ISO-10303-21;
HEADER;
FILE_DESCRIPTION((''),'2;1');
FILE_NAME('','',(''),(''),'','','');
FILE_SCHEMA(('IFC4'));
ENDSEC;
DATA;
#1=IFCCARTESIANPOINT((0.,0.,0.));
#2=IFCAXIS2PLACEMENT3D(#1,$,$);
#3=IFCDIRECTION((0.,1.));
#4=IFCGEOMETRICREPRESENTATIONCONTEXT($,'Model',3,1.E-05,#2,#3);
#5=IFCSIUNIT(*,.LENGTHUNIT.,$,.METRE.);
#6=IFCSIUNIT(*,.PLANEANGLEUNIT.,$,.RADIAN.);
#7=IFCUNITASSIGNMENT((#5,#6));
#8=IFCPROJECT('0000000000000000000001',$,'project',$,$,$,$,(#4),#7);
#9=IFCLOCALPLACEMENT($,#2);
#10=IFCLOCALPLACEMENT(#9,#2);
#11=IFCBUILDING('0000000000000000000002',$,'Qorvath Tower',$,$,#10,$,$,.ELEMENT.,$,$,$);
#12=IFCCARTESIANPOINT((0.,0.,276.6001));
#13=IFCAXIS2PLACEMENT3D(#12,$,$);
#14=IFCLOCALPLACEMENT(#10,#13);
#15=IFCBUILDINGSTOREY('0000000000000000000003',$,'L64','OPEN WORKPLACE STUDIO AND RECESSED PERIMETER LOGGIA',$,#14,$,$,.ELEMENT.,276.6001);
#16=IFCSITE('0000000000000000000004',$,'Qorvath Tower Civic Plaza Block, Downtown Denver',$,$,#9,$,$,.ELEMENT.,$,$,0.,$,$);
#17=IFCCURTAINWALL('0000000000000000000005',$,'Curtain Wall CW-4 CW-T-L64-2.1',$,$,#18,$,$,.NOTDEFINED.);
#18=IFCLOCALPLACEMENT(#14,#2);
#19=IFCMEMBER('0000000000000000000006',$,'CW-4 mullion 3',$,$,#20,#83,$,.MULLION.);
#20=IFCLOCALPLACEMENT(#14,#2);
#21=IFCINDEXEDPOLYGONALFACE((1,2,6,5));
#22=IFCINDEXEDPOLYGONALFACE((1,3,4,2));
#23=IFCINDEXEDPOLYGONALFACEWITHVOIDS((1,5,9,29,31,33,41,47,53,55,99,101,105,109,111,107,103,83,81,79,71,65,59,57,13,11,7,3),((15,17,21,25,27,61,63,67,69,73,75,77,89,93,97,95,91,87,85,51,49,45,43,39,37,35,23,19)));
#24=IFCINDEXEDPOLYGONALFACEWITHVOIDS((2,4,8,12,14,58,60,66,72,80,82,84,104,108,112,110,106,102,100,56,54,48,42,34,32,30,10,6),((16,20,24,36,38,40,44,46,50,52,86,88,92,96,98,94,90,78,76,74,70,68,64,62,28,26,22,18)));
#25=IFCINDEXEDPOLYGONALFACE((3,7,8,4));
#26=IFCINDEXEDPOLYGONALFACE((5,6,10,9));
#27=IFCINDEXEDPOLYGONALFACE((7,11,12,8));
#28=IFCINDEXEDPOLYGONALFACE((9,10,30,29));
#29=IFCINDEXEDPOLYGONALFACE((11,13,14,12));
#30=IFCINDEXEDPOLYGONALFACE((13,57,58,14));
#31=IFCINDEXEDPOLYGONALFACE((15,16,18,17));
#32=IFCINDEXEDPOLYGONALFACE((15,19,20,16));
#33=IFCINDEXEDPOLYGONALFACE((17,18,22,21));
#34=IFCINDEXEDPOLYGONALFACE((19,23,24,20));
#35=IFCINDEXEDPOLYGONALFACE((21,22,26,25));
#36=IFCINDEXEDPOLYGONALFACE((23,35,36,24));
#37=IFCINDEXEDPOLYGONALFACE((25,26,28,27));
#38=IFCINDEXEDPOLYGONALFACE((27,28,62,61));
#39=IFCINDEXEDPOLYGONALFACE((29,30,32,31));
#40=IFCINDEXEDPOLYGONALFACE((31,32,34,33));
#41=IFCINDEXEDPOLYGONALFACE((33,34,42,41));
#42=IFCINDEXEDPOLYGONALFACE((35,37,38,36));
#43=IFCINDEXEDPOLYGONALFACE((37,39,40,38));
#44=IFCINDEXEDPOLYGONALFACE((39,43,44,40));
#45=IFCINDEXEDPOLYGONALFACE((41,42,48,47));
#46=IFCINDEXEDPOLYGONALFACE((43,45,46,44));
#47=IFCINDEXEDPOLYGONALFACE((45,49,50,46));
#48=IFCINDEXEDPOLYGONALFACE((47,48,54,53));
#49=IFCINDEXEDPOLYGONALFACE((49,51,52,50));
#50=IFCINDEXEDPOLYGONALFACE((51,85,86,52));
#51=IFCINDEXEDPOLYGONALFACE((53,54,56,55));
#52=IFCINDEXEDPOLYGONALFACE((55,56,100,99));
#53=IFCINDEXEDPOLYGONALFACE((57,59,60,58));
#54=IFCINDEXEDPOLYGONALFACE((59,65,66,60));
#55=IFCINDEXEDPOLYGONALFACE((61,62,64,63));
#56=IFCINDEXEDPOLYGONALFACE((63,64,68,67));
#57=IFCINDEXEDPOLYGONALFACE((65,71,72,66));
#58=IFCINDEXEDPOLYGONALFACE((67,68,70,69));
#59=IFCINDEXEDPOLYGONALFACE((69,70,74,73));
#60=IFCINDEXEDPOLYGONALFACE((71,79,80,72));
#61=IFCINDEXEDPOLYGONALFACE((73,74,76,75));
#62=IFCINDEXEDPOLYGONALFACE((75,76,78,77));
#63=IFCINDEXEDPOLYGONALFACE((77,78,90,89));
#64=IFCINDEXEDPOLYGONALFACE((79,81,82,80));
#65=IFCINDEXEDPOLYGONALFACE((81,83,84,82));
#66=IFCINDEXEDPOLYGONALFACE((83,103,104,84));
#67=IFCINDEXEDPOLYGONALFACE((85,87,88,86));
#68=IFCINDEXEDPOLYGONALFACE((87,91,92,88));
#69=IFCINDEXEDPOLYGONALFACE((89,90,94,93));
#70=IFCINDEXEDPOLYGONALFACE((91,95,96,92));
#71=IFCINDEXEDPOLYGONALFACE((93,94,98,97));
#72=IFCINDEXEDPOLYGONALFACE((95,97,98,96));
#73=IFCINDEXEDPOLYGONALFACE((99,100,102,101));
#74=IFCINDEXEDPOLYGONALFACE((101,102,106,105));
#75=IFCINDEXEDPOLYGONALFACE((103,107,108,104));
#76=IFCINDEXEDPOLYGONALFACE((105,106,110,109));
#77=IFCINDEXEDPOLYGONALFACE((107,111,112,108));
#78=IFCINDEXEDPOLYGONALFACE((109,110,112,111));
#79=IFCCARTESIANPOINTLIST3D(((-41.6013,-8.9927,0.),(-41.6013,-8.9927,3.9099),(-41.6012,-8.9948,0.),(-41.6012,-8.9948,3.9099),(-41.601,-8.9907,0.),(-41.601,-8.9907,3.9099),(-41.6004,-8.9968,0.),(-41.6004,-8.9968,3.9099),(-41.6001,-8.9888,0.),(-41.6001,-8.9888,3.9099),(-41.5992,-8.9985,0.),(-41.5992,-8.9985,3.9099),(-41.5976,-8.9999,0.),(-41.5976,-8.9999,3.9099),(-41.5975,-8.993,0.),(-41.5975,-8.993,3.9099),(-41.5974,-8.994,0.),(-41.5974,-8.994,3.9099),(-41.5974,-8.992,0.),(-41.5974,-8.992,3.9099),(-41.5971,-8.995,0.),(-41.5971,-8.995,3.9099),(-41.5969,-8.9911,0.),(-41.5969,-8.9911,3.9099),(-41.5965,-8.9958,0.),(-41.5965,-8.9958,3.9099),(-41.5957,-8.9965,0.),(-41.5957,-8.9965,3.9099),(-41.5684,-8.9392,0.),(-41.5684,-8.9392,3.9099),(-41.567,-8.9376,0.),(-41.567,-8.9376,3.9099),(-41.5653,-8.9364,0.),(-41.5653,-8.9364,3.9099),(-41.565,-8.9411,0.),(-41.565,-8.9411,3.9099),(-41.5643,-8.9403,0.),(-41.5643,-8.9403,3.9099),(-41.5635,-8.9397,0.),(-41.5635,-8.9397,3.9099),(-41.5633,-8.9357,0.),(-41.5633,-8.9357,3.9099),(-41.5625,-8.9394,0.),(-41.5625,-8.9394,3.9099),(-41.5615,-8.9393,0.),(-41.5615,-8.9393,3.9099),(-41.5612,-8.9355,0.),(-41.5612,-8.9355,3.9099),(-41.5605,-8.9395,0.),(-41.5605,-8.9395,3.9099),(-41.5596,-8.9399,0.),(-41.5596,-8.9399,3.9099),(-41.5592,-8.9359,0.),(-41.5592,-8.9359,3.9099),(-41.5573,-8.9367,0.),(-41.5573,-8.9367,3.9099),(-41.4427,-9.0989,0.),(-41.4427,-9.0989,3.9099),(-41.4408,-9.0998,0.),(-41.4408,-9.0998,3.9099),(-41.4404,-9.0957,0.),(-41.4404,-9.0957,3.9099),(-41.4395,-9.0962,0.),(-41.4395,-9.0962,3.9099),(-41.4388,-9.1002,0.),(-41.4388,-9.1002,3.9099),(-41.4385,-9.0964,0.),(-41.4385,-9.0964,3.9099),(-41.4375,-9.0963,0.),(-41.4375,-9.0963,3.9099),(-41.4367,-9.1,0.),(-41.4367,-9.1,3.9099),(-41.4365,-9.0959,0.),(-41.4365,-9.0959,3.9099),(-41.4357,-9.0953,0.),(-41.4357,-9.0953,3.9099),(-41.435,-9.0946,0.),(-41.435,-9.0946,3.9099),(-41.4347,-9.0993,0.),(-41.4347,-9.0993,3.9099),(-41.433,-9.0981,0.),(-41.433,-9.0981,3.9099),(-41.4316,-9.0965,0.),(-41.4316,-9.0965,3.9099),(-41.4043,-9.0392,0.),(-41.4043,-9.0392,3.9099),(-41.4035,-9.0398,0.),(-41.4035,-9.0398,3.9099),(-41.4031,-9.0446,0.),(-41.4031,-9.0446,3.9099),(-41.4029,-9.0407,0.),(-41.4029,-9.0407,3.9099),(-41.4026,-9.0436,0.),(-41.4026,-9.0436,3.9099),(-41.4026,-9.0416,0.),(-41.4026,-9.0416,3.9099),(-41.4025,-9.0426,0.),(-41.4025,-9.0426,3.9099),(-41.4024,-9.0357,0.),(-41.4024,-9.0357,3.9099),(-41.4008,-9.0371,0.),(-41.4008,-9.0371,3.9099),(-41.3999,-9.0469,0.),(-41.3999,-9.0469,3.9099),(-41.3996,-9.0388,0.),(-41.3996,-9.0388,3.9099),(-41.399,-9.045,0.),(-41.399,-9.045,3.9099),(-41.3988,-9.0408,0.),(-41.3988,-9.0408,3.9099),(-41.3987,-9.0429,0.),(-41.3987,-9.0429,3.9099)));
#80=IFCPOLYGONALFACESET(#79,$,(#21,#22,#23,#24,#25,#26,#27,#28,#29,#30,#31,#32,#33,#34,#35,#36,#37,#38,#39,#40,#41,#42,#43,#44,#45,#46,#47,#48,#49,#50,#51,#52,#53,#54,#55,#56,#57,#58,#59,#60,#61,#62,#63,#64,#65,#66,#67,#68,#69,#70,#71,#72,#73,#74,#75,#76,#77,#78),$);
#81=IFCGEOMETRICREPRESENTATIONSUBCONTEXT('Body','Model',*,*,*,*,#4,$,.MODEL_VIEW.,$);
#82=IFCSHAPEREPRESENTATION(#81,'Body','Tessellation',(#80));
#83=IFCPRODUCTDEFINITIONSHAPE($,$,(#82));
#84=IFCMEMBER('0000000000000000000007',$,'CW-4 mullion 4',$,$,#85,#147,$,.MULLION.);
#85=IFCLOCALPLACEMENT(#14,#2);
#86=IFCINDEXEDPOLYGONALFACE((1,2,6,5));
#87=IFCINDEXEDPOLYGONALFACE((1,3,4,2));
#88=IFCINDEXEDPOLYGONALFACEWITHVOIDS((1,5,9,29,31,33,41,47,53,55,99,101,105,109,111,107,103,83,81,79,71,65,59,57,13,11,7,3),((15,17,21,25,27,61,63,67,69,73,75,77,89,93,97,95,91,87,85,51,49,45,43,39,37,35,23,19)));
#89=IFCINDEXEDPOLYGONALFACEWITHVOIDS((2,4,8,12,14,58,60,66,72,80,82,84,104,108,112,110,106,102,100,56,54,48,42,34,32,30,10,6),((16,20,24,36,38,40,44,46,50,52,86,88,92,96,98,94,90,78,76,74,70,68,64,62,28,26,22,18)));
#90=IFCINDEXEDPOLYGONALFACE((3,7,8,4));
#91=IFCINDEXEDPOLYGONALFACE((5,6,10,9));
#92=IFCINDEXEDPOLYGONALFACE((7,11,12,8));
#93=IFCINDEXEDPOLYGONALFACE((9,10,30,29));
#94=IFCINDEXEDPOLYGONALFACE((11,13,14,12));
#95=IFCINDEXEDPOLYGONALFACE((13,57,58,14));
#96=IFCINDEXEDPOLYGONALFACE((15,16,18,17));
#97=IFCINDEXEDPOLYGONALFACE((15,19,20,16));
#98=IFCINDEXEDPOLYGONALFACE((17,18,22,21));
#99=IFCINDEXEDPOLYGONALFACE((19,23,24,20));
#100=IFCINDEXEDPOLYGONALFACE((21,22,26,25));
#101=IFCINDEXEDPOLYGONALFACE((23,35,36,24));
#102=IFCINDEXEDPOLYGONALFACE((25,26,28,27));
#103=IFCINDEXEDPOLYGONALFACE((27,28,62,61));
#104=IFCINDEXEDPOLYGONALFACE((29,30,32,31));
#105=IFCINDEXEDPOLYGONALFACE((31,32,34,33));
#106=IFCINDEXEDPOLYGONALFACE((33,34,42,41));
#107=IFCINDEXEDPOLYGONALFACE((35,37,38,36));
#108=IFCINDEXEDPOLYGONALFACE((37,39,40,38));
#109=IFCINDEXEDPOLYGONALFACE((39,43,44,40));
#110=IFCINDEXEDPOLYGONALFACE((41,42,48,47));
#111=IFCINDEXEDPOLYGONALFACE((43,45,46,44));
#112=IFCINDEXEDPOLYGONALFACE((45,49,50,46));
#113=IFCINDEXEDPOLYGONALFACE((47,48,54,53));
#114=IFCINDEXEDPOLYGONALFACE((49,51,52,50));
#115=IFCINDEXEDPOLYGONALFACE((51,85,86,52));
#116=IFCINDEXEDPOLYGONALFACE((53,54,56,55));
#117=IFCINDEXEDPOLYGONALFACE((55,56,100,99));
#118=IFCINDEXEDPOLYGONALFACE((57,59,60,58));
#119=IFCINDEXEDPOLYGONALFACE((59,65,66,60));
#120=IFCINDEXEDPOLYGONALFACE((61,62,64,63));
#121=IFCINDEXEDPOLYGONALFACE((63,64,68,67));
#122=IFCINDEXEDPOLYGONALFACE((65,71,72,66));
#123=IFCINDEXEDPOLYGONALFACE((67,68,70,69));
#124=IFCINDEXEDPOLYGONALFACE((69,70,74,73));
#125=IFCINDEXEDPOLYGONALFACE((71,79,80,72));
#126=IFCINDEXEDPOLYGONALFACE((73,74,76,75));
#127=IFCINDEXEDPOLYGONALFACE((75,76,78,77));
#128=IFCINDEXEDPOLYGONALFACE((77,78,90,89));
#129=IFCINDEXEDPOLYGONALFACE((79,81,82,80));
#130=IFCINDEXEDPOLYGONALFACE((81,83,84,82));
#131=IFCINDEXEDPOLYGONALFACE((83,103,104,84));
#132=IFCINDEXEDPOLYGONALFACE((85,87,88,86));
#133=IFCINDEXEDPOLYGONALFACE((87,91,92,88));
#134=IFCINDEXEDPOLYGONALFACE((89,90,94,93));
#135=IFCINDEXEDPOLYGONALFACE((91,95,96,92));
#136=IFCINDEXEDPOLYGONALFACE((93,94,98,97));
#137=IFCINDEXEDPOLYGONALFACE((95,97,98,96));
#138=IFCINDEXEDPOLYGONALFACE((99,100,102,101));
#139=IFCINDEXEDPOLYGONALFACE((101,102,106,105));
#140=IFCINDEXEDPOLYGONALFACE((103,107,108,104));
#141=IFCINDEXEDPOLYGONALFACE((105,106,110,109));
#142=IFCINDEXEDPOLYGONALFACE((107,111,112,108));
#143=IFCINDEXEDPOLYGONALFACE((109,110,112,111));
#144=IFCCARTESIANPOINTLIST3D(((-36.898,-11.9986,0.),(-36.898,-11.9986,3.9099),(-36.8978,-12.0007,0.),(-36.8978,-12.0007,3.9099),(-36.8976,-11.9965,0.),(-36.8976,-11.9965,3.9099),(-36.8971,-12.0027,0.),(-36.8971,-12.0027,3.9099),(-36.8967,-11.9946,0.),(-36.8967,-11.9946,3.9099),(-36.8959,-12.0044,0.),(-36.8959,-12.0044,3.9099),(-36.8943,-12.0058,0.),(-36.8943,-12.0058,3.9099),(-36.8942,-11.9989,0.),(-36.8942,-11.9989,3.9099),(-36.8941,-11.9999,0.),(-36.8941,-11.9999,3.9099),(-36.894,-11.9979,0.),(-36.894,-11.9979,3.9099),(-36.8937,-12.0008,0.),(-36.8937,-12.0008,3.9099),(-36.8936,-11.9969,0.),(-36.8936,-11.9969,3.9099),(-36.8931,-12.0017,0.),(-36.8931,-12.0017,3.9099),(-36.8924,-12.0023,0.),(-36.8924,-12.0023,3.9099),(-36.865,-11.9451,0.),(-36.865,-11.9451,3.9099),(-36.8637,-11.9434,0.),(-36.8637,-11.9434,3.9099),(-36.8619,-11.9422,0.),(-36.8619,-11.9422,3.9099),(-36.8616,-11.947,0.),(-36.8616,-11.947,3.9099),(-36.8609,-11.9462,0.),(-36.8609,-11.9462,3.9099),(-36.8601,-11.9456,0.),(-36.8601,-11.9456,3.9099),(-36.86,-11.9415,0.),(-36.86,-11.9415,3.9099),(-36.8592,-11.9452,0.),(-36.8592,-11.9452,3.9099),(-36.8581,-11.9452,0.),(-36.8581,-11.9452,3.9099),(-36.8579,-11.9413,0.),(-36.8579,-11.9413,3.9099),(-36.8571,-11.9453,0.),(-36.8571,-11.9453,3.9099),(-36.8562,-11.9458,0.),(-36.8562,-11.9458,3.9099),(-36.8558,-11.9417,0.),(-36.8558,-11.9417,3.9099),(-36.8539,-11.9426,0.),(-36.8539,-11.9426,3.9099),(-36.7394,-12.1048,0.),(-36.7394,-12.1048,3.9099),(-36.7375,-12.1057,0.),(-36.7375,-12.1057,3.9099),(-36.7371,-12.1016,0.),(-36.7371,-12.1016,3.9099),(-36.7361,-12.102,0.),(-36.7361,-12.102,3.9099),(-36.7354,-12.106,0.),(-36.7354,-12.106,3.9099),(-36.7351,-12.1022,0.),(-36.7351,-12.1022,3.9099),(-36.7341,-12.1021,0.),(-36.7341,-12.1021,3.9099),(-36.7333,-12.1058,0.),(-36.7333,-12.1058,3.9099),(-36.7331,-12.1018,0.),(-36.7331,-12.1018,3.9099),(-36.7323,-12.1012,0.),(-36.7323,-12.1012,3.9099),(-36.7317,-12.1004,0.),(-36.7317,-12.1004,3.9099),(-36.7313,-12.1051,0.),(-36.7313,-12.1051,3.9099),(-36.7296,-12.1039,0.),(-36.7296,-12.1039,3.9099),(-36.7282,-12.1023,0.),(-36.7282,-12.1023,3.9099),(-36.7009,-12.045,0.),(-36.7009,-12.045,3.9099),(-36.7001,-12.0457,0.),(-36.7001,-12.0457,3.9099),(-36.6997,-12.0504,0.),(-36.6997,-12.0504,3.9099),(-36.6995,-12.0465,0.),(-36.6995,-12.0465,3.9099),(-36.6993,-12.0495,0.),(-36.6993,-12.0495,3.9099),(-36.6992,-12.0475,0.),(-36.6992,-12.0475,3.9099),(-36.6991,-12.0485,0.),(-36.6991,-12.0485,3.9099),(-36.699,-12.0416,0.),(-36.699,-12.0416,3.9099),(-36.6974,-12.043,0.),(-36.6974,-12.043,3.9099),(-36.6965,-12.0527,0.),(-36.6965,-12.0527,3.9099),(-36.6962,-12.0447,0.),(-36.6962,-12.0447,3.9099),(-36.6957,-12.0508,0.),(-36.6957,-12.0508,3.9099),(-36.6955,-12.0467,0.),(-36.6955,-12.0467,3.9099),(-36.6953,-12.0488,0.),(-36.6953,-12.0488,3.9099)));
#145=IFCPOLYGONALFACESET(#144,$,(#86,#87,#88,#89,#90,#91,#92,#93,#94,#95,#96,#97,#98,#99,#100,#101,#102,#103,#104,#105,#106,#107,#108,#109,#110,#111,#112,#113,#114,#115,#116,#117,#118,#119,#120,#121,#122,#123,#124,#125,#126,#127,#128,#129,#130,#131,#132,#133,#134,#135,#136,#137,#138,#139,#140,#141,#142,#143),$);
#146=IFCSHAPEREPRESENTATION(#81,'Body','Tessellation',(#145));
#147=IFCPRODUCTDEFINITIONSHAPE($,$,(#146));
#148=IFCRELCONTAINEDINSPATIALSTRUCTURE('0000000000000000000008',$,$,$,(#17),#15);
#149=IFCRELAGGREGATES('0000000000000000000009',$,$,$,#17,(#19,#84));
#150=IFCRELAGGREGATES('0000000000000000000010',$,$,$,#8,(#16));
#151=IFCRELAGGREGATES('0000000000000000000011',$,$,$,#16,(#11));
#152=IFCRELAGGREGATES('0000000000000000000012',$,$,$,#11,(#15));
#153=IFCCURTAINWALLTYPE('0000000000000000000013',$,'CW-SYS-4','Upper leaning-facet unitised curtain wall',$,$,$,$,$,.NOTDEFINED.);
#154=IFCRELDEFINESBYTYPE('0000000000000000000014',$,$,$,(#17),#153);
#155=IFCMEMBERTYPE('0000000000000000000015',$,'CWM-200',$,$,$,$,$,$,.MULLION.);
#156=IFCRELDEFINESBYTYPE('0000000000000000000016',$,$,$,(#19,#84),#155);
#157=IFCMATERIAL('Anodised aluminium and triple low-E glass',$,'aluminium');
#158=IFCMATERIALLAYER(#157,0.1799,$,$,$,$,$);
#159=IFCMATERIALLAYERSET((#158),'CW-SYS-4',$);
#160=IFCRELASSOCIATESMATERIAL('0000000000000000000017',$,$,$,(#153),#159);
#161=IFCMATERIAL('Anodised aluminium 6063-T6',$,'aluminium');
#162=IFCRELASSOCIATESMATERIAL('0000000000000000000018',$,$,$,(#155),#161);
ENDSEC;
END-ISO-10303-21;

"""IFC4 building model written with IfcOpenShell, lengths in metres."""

from ifc_helpers import new_model, si_unit, direction, frame, origin, origin_2d, place, context, subcontext, project, spatial, hollow_rectangle, extrude, material, layer, layer_set, material_profile, profile_set, type_object, element, aggregate, save


model = new_model("IFC4")

# Units and contexts
model_context = context("Model", 3, precision=1e-05, world=origin(), true_north=direction((0.0, 1.0)))
body_context = subcontext(model_context, "Body", "Model", "MODEL_VIEW")
ifc_project = project(units=[si_unit("LENGTHUNIT", "METRE"), si_unit("PLANEANGLEUNIT", "RADIAN")], contexts=[model_context])

# Site, building, storey
site_placement = place(None, origin())
site = spatial("IfcSite", under=ifc_project, at=site_placement, Name="Qorvath Tower Civic Plaza Block, Downtown Denver", CompositionType="ELEMENT", RefElevation=0.0)
building_placement = place(site_placement, origin())
building = spatial("IfcBuilding", under=site, at=building_placement, Name="Qorvath Tower", CompositionType="ELEMENT")
storey_placement = place(building_placement, frame((0.0, 0.0, 276.6001)))
storey = spatial("IfcBuildingStorey", under=building, at=storey_placement, Name="L64", Description="OPEN WORKPLACE STUDIO AND RECESSED PERIMETER LOGGIA", CompositionType="ELEMENT", Elevation=276.6001)

# Curtain wall, members
ifc_material_1 = material(Name="Anodised aluminium and triple low-E glass", Category="aluminium")
ifc_layer_1 = layer(ifc_material_1, 0.1799)
ifc_layer_set_1 = layer_set([ifc_layer_1], Name="CW-SYS-4")
curtain_wall_type = type_object("IfcCurtainWallType", Name="CW-SYS-4", Description="Upper leaning-facet unitised curtain wall", PredefinedType="NOTDEFINED", material=ifc_layer_set_1)
curtain_wall_placement = place(storey_placement, origin())
curtain_wall = element("IfcCurtainWall", 1, at=curtain_wall_placement, inside=storey, type_object=curtain_wall_type, Name="Curtain Wall CW-4 CW-T-L64-2.1", PredefinedType="NOTDEFINED")
ifc_material_2 = material(Name="Anodised aluminium 6063-T6", Category="aluminium")
ifc_material_profile_1 = material_profile(ifc_material_2, hollow_rectangle(XDim=0.075, YDim=0.2, WallThickness=0.0039, InnerFilletRadius=0.0039, OuterFilletRadius=0.0081, at=origin_2d()), Name="CWM 200x75")
ifc_profile_set_1 = profile_set([ifc_material_profile_1], Name="Anodised aluminium 6063-T6")
member_type_1 = type_object("IfcMemberType", Name="CWM-200", PredefinedType="MULLION", material=ifc_profile_set_1)
member_1_placement = place(storey_placement, frame((-41.5, -9.0178, 0.0), z_axis=(0.0, 0.0, 1.0), x_axis=(0.538534, 0.842604, 0.0)))
member_1 = element("IfcMember", 2, at=member_1_placement, type_object=member_type_1, Name="CW-4 mullion 3", PredefinedType="MULLION", context=body_context, shape_type="SweptSolid", body=[
    extrude(hollow_rectangle(XDim=0.075, YDim=0.2, WallThickness=0.0039, InnerFilletRadius=0.0039, OuterFilletRadius=0.0081, at=origin_2d()), origin(), (0.0, 0.0, 1.0), 3.9099),
])
member_2_placement = place(storey_placement, frame((-36.7966, -12.0237, 0.0), z_axis=(0.0, 0.0, 1.0), x_axis=(0.538534, 0.842604, 0.0)))
member_2 = element("IfcMember", 3, at=member_2_placement, type_object=member_type_1, Name="CW-4 mullion 4", PredefinedType="MULLION", context=body_context, shape_type="SweptSolid", body=[
    extrude(hollow_rectangle(XDim=0.075, YDim=0.2, WallThickness=0.0039, InnerFilletRadius=0.0039, OuterFilletRadius=0.0081, at=origin_2d()), origin(), (0.0, 0.0, 1.0), 3.9099),
])

aggregate(curtain_wall, [member_1, member_2])

save(model, "model.ifc")
